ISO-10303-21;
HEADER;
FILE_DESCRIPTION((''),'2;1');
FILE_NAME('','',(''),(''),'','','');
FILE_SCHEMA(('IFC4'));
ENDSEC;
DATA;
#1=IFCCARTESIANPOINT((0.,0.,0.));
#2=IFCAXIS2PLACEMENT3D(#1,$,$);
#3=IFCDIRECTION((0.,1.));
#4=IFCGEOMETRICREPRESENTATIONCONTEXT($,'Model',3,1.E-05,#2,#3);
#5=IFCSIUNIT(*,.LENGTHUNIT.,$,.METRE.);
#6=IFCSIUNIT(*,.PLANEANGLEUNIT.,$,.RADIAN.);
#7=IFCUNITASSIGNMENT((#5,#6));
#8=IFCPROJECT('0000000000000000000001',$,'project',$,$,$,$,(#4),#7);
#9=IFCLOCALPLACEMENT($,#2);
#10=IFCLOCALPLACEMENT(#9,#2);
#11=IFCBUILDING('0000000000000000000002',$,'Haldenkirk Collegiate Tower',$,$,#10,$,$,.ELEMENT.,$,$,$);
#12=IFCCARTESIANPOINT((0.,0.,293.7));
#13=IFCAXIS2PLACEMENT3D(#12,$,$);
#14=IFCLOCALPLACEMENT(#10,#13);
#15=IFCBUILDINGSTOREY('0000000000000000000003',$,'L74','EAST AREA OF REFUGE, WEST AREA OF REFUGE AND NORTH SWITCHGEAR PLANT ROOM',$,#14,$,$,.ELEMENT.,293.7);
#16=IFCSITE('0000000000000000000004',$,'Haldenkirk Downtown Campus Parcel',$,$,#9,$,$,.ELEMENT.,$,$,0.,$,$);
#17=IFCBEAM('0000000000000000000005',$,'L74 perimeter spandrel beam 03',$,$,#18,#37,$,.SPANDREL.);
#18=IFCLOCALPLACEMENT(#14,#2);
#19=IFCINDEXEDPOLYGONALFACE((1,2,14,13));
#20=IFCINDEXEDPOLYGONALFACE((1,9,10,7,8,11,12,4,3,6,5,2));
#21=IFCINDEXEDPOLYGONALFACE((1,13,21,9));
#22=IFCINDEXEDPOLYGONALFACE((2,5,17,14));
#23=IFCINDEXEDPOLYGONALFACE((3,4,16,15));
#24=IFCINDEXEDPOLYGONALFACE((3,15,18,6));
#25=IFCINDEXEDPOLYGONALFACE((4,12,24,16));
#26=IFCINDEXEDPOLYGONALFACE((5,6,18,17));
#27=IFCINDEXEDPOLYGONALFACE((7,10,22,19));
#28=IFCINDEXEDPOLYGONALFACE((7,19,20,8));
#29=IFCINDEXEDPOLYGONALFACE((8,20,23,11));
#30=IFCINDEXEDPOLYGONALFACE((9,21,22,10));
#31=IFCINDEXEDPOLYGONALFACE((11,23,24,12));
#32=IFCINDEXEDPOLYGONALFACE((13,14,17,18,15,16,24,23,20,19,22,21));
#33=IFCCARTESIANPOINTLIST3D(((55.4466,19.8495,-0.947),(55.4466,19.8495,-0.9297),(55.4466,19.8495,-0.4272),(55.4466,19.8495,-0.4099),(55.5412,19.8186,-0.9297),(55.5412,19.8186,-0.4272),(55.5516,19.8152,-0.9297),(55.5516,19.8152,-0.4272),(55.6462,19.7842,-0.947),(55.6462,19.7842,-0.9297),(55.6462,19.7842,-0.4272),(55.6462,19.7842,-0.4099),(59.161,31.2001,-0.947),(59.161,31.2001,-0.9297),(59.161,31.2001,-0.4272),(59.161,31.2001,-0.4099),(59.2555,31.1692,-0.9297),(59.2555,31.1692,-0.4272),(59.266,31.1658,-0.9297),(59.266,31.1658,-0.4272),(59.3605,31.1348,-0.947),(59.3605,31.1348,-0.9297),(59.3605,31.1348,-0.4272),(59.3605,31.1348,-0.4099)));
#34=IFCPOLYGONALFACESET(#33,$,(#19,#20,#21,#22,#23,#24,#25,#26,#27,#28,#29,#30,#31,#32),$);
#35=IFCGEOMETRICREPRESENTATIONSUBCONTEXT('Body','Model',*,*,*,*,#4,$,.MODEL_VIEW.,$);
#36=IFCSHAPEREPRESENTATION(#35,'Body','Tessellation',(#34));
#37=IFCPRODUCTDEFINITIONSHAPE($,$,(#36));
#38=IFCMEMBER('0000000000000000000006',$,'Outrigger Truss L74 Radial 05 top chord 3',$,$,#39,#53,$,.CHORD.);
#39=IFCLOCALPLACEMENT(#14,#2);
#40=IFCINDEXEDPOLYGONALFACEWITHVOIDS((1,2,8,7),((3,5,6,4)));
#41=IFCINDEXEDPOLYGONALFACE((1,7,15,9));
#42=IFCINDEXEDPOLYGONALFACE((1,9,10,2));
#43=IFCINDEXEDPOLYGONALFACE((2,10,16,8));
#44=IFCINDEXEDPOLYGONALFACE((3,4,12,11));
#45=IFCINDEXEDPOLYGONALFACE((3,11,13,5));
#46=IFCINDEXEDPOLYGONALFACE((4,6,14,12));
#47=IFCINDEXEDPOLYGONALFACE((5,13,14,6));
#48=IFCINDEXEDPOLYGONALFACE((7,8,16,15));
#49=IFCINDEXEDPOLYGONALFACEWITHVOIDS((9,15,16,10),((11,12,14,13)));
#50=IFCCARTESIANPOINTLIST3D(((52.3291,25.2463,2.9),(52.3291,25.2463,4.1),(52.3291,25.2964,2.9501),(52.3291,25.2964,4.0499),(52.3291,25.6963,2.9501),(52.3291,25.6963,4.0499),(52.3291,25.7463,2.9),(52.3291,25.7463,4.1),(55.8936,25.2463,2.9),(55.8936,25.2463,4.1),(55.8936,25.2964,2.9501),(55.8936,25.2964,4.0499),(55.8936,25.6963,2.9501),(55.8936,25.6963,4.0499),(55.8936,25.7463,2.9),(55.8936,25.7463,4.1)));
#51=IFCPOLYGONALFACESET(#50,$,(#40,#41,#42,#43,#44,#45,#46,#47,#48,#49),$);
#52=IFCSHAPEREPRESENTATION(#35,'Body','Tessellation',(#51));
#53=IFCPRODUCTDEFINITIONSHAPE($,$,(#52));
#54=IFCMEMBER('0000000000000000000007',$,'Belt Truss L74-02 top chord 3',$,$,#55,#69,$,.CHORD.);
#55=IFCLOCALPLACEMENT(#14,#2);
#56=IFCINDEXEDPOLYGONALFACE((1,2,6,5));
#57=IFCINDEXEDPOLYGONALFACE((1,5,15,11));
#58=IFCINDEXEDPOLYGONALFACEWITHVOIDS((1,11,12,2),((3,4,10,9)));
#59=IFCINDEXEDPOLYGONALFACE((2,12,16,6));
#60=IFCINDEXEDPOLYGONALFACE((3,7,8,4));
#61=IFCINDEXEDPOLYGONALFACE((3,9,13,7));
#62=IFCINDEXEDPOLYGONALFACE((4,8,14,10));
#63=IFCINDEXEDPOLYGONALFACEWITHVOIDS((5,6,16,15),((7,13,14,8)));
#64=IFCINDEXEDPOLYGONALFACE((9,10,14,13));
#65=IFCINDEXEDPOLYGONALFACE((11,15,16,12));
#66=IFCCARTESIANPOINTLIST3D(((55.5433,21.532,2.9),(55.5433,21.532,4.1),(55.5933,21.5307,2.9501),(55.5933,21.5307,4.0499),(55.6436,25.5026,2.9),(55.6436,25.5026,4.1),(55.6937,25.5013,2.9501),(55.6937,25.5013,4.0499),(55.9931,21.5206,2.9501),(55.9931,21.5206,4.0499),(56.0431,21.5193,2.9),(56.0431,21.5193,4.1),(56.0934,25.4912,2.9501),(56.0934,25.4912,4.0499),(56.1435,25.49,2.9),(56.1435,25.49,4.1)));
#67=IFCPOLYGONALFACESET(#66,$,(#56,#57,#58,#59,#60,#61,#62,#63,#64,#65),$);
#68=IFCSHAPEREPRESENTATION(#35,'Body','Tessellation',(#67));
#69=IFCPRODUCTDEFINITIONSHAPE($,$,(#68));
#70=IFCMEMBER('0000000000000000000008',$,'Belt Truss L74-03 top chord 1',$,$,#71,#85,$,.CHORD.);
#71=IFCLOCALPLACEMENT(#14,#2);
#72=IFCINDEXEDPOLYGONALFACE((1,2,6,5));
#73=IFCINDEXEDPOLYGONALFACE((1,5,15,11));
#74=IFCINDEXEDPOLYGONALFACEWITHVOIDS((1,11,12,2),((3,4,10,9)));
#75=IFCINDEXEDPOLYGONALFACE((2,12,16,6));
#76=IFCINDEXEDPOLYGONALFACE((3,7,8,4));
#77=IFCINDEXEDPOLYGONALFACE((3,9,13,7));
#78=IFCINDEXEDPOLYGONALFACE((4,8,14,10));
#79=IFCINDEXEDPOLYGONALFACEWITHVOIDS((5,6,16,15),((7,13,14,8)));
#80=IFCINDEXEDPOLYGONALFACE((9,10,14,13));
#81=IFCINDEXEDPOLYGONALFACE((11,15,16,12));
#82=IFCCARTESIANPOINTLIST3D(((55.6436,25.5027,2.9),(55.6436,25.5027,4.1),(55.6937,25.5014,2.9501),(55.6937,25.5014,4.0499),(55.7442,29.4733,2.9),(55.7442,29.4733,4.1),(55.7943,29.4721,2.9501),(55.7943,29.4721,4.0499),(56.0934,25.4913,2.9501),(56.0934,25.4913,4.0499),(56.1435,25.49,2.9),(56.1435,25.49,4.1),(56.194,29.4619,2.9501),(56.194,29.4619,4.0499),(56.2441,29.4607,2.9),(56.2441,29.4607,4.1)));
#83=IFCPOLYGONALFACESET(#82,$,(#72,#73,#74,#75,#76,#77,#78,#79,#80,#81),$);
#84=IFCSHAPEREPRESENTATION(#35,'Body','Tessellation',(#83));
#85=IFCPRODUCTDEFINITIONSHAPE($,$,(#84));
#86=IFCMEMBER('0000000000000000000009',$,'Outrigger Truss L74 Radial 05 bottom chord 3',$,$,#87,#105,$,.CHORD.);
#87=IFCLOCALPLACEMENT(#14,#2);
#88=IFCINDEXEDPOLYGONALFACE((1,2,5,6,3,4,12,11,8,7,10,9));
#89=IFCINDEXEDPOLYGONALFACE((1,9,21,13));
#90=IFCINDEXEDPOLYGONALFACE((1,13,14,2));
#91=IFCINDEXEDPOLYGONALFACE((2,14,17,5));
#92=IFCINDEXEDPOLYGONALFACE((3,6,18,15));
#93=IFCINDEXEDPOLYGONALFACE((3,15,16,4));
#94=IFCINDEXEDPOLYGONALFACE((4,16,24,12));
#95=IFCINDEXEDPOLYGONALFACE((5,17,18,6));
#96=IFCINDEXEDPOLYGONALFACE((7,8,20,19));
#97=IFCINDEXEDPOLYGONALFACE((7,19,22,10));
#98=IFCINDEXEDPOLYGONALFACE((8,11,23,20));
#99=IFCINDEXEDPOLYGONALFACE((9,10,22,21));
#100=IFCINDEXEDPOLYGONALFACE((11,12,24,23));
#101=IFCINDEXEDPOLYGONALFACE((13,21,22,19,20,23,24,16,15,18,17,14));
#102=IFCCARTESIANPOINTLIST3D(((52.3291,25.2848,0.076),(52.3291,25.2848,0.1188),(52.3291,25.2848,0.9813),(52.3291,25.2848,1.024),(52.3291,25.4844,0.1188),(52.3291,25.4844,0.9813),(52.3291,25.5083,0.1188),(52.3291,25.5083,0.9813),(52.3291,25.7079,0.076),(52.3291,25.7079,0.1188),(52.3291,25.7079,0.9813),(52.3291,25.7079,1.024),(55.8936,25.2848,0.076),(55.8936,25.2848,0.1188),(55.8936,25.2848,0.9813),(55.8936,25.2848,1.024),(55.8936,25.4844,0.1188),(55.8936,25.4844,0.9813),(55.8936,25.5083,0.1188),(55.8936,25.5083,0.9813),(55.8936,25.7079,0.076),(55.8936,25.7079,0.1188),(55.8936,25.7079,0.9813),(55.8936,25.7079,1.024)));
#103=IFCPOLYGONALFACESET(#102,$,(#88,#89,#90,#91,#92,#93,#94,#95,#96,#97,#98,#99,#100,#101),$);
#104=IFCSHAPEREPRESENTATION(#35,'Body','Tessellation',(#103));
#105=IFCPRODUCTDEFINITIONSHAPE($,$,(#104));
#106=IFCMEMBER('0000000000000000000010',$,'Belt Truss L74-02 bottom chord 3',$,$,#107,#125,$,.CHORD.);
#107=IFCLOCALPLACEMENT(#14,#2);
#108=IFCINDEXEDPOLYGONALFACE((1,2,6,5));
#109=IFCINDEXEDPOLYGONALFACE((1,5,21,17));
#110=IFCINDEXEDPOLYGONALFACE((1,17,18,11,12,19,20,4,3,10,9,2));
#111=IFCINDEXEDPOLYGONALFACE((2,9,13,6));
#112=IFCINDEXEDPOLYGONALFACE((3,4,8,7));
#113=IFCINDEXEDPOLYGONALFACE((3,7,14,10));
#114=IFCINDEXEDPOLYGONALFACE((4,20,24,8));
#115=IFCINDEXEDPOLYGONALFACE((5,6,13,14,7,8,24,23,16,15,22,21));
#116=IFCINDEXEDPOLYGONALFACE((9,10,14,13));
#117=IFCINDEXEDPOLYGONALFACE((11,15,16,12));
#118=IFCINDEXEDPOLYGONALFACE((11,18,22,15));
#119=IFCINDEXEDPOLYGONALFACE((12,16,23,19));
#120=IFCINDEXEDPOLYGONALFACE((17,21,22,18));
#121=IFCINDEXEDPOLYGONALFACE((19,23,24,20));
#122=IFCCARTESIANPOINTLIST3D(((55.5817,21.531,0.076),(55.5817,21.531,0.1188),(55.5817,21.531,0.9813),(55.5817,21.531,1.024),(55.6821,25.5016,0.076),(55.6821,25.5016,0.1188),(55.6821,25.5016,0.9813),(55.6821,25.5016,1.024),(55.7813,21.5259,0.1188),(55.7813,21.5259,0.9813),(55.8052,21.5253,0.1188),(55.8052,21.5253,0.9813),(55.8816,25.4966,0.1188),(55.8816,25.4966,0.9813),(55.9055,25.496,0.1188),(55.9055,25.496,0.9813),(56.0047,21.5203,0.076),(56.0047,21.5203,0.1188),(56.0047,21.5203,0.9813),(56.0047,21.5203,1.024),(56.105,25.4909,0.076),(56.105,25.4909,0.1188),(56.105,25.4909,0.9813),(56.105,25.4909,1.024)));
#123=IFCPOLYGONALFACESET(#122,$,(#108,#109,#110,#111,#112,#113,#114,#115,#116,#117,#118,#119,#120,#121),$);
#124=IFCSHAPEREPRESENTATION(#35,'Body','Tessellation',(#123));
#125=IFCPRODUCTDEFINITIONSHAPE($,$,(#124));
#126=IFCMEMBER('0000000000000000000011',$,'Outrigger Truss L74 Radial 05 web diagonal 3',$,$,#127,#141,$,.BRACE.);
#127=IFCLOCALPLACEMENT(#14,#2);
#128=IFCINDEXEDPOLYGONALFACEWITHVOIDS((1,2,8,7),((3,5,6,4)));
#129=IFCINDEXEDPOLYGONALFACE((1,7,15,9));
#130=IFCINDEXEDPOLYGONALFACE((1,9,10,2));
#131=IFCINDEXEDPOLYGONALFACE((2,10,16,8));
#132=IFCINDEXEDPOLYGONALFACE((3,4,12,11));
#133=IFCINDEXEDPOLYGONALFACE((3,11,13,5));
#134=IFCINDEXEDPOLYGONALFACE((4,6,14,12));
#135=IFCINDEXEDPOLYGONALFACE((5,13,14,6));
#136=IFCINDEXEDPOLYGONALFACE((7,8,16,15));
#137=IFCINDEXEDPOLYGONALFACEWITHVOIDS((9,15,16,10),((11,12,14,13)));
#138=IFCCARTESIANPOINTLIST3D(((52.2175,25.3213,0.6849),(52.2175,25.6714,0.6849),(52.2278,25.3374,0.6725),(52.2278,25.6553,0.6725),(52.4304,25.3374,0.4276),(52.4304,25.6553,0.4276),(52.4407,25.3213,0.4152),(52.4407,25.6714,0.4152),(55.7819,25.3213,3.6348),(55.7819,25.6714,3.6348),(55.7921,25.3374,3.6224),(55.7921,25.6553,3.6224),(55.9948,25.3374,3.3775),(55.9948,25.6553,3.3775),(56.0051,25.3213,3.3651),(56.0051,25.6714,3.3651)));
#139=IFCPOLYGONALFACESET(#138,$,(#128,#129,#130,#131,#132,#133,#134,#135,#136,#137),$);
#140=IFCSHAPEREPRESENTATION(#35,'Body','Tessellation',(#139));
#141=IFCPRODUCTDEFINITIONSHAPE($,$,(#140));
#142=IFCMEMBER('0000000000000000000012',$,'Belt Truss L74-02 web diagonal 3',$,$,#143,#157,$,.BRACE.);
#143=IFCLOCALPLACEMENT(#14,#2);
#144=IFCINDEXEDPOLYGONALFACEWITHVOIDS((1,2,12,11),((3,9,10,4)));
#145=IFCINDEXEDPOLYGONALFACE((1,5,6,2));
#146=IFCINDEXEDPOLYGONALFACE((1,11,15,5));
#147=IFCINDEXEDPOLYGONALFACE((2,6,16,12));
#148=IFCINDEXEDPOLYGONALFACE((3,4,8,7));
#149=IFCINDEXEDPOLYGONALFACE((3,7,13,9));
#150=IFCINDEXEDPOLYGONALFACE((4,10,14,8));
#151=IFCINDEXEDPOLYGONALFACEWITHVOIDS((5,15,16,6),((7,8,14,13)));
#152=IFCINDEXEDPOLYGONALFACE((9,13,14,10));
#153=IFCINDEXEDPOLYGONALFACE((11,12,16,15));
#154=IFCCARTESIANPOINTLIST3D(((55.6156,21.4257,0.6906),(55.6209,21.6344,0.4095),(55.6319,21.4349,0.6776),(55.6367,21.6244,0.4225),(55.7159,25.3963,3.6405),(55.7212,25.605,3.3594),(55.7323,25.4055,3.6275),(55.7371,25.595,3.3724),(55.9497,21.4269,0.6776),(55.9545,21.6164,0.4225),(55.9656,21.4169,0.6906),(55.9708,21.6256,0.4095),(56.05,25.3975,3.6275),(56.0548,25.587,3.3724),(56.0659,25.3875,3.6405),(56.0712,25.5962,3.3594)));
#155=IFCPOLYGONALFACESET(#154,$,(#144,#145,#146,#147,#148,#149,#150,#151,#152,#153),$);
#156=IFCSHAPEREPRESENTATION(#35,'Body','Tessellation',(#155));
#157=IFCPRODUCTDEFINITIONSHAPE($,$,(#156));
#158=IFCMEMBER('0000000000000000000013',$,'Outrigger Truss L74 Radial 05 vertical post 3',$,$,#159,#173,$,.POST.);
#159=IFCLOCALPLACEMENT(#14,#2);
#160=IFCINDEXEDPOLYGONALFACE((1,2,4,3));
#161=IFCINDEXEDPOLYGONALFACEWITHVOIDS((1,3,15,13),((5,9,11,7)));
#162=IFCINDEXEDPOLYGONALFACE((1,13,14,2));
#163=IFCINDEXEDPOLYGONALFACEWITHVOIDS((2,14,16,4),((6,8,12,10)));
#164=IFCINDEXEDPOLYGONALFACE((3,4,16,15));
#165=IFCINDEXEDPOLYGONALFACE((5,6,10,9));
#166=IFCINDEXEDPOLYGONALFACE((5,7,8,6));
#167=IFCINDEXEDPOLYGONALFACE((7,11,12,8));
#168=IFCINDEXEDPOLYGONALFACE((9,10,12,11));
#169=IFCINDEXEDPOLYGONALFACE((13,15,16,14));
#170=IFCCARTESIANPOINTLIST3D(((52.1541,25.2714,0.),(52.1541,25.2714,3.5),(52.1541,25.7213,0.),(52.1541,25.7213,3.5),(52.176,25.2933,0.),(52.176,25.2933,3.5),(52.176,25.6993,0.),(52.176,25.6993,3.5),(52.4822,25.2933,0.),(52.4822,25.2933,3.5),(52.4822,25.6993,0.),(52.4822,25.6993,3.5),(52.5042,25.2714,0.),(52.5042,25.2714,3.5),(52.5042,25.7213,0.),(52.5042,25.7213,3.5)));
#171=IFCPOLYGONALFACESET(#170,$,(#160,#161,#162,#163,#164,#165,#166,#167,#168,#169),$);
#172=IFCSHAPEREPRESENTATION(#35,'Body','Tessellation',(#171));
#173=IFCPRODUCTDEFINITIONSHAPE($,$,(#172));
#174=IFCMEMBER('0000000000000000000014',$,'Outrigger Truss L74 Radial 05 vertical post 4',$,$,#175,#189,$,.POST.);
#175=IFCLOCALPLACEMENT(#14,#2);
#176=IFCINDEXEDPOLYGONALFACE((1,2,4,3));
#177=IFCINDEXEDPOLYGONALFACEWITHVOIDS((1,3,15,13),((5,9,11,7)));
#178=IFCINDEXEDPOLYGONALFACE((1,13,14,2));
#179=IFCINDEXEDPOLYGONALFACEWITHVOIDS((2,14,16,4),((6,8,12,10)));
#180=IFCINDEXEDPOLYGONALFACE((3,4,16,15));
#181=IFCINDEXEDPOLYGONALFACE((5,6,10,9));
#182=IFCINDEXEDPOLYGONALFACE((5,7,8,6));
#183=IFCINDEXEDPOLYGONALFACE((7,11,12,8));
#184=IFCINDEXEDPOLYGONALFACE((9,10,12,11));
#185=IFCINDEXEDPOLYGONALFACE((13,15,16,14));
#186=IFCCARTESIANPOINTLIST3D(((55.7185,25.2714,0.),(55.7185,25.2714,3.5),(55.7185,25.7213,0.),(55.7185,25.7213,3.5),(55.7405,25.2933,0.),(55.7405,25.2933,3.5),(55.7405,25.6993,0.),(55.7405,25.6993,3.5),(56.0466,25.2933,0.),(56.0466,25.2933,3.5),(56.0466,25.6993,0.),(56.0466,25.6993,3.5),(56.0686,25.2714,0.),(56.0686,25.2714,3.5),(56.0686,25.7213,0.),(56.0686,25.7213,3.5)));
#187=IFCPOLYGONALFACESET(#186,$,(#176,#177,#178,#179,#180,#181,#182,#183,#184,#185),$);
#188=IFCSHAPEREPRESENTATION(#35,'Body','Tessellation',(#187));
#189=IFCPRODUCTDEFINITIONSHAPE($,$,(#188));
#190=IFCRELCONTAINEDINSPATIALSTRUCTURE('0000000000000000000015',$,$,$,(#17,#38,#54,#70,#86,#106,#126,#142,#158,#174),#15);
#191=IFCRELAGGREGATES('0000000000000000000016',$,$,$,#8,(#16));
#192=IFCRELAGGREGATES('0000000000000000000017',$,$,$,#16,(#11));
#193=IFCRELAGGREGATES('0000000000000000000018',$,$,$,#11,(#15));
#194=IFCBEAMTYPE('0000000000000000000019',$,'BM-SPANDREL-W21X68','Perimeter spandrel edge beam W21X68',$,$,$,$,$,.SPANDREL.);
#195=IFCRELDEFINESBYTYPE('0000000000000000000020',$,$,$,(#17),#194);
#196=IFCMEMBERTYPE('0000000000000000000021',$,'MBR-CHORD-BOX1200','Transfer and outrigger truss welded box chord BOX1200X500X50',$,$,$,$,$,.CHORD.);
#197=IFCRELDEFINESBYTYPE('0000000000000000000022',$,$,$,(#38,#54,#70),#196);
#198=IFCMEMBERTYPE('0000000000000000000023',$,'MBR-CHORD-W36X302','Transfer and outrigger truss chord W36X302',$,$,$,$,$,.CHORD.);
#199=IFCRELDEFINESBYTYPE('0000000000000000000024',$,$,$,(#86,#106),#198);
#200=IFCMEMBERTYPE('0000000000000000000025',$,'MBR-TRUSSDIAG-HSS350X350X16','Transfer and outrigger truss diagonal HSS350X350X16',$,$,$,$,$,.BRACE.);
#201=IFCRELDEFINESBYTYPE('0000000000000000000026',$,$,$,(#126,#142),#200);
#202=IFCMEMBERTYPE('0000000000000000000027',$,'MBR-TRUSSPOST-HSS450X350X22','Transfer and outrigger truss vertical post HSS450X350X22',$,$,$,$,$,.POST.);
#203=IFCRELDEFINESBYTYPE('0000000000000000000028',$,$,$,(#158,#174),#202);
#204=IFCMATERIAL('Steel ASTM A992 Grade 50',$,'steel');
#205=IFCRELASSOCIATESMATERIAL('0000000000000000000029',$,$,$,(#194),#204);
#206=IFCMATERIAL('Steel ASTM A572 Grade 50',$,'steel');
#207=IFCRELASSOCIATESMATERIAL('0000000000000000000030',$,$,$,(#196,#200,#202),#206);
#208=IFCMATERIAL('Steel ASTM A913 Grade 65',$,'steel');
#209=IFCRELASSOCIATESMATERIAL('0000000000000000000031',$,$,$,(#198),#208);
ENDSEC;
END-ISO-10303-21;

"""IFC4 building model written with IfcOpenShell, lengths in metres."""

from ifc_helpers import new_model, si_unit, direction, frame, origin, origin_2d, place, context, subcontext, project, spatial, hollow_rectangle, i_section, extrude, material, material_profile, profile_set, type_object, element, save


model = new_model("IFC4")

# Units and contexts
model_context = context("Model", 3, precision=1e-05, world=origin(), true_north=direction((0.0, 1.0)))
body_context = subcontext(model_context, "Body", "Model", "MODEL_VIEW")
ifc_project = project(units=[si_unit("LENGTHUNIT", "METRE"), si_unit("PLANEANGLEUNIT", "RADIAN")], contexts=[model_context])

# Site, building, storey
site_placement = place(None, origin())
site = spatial("IfcSite", under=ifc_project, at=site_placement, Name="Haldenkirk Downtown Campus Parcel", CompositionType="ELEMENT", RefElevation=0.0)
building_placement = place(site_placement, origin())
building = spatial("IfcBuilding", under=site, at=building_placement, Name="Haldenkirk Collegiate Tower", CompositionType="ELEMENT")
storey_placement = place(building_placement, frame((0.0, 0.0, 293.7)))
storey = spatial("IfcBuildingStorey", under=building, at=storey_placement, Name="L74", Description="EAST AREA OF REFUGE, WEST AREA OF REFUGE AND NORTH SWITCHGEAR PLANT ROOM", CompositionType="ELEMENT", Elevation=293.7)

# Beam
ifc_material_1 = material(Name="Steel ASTM A992 Grade 50", Category="steel")
ifc_material_profile_1 = material_profile(ifc_material_1, i_section(OverallWidth=0.21, OverallDepth=0.5371, WebThickness=0.011, FlangeThickness=0.0173, at=origin_2d()), Name="W21X68")
ifc_profile_set_1 = profile_set([ifc_material_profile_1], Name="Steel ASTM A992 Grade 50")
beam_type = type_object("IfcBeamType", Name="BM-SPANDREL-W21X68", Description="Perimeter spandrel edge beam W21X68", PredefinedType="SPANDREL", material=ifc_profile_set_1)
beam_placement = place(storey_placement, frame((55.5464, 19.8169, -0.6785), z_axis=(0.31101, 0.950407, 0.0), x_axis=(-0.950407, 0.31101, 0.0)))
element("IfcBeam", 1, at=beam_placement, inside=storey, type_object=beam_type, Name="L74 perimeter spandrel beam 03", PredefinedType="SPANDREL", context=body_context, shape_type="SweptSolid", body=[
    extrude(i_section(OverallWidth=0.21, OverallDepth=0.5371, WebThickness=0.011, FlangeThickness=0.0173, at=origin_2d()), origin(), (0.0, 0.0, 1.0), 11.9429),
])

# Members
ifc_material_2 = material(Name="Steel ASTM A572 Grade 50", Category="steel")
ifc_material_profile_2 = material_profile(ifc_material_2, hollow_rectangle(XDim=0.5, YDim=1.2, WallThickness=0.05, at=origin_2d()), Name="BOX1200X500X50")
ifc_profile_set_2 = profile_set([ifc_material_profile_2], Name="Steel ASTM A572 Grade 50")
member_type_1 = type_object("IfcMemberType", Name="MBR-CHORD-BOX1200", Description="Transfer and outrigger truss welded box chord BOX1200X500X50", PredefinedType="CHORD", material=ifc_profile_set_2)
member_1_placement = place(storey_placement, frame((52.3291, 25.4963, 3.5), z_axis=(1.0, 0.0, 0.0), x_axis=(0.0, 1.0, 0.0)))
element("IfcMember", 2, at=member_1_placement, inside=storey, type_object=member_type_1, Name="Outrigger Truss L74 Radial 05 top chord 3", PredefinedType="CHORD", context=body_context, shape_type="SweptSolid", body=[
    extrude(hollow_rectangle(XDim=0.5, YDim=1.2, WallThickness=0.05, at=origin_2d()), origin(), (0.0, 0.0, 1.0), 3.5645),
])
for number, where, z_axis, x_axis, name in (
    (3, (55.7932, 21.5256, 3.5), (0.025262, 0.999681, 0.0), (-0.999681, 0.025262, 0.0), "Belt Truss L74-02 top chord 3"),
    (4, (55.8936, 25.4963, 3.5), (0.025324, 0.999679, 0.0), (-0.999679, 0.025324, 0.0), "Belt Truss L74-03 top chord 1"),
):
    element("IfcMember", number, at=place(storey_placement, frame(where, z_axis=z_axis, x_axis=x_axis)), inside=storey, type_object=member_type_1, Name=name, PredefinedType="CHORD", context=body_context, shape_type="SweptSolid", body=[
        extrude(hollow_rectangle(XDim=0.5, YDim=1.2, WallThickness=0.05, at=origin_2d()), origin(), (0.0, 0.0, 1.0), 3.9719),
    ])
ifc_material_3 = material(Name="Steel ASTM A913 Grade 65", Category="steel")
ifc_material_profile_3 = material_profile(ifc_material_3, i_section(OverallWidth=0.4231, OverallDepth=0.948, WebThickness=0.0239, FlangeThickness=0.0427, at=origin_2d()), Name="W36X302")
ifc_profile_set_3 = profile_set([ifc_material_profile_3], Name="Steel ASTM A913 Grade 65")
member_type_2 = type_object("IfcMemberType", Name="MBR-CHORD-W36X302", Description="Transfer and outrigger truss chord W36X302", PredefinedType="CHORD", material=ifc_profile_set_3)
member_2_placement = place(storey_placement, frame((52.3291, 25.4963, 0.55), z_axis=(1.0, 0.0, 0.0), x_axis=(0.0, 1.0, 0.0)))
element("IfcMember", 5, at=member_2_placement, inside=storey, type_object=member_type_2, Name="Outrigger Truss L74 Radial 05 bottom chord 3", PredefinedType="CHORD", context=body_context, shape_type="SweptSolid", body=[
    extrude(i_section(OverallWidth=0.4231, OverallDepth=0.948, WebThickness=0.0239, FlangeThickness=0.0427, at=origin_2d()), origin(), (0.0, 0.0, 1.0), 3.5645),
])
member_3_placement = place(storey_placement, frame((55.7932, 21.5256, 0.55), z_axis=(0.025262, 0.999681, 0.0), x_axis=(-0.999681, 0.025262, 0.0)))
element("IfcMember", 6, at=member_3_placement, inside=storey, type_object=member_type_2, Name="Belt Truss L74-02 bottom chord 3", PredefinedType="CHORD", context=body_context, shape_type="SweptSolid", body=[
    extrude(i_section(OverallWidth=0.4231, OverallDepth=0.948, WebThickness=0.0239, FlangeThickness=0.0427, at=origin_2d()), origin(), (0.0, 0.0, 1.0), 3.9719),
])
ifc_material_profile_4 = material_profile(ifc_material_2, hollow_rectangle(XDim=0.3501, YDim=0.3501, WallThickness=0.0161, at=origin_2d()), Name="HSS350X350X16")
ifc_profile_set_4 = profile_set([ifc_material_profile_4], Name="Steel ASTM A572 Grade 50")
member_type_3 = type_object("IfcMemberType", Name="MBR-TRUSSDIAG-HSS350X350X16", Description="Transfer and outrigger truss diagonal HSS350X350X16", PredefinedType="BRACE", material=ifc_profile_set_4)
member_4_placement = place(storey_placement, frame((52.3291, 25.4963, 0.55), z_axis=(0.770388, 0.0, 0.637575), x_axis=(0.0, 1.0, 0.0)))
element("IfcMember", 7, at=member_4_placement, inside=storey, type_object=member_type_3, Name="Outrigger Truss L74 Radial 05 web diagonal 3", PredefinedType="BRACE", context=body_context, shape_type="SweptSolid", body=[
    extrude(hollow_rectangle(XDim=0.3501, YDim=0.3501, WallThickness=0.0161, at=origin_2d()), origin(), (0.0, 0.0, 1.0), 4.6267),
])
member_5_placement = place(storey_placement, frame((55.7932, 21.5256, 0.55), z_axis=(0.020281, 0.802551, 0.596239), x_axis=(-0.999681, 0.025262, 0.0)))
element("IfcMember", 8, at=member_5_placement, inside=storey, type_object=member_type_3, Name="Belt Truss L74-02 web diagonal 3", PredefinedType="BRACE", context=body_context, shape_type="SweptSolid", body=[
    extrude(hollow_rectangle(XDim=0.3501, YDim=0.3501, WallThickness=0.0161, at=origin_2d()), origin(), (0.0, 0.0, 1.0), 4.9475),
])
ifc_material_profile_5 = material_profile(ifc_material_2, hollow_rectangle(XDim=0.3501, YDim=0.45, WallThickness=0.022, at=origin_2d()), Name="HSS450X350X22")
ifc_profile_set_5 = profile_set([ifc_material_profile_5], Name="Steel ASTM A572 Grade 50")
member_type_4 = type_object("IfcMemberType", Name="MBR-TRUSSPOST-HSS450X350X22", Description="Transfer and outrigger truss vertical post HSS450X350X22", PredefinedType="POST", material=ifc_profile_set_5)
for number, where, z_axis, x_axis, name in (
    (9, (52.3291, 25.4963, 0.0), (0.0, 0.0, 1.0), (1.0, 0.0, 0.0), "Outrigger Truss L74 Radial 05 vertical post 3"),
    (10, (55.8936, 25.4963, 0.0), (0.0, 0.0, 1.0), (1.0, 0.0, 0.0), "Outrigger Truss L74 Radial 05 vertical post 4"),
):
    element("IfcMember", number, at=place(storey_placement, frame(where, z_axis=z_axis, x_axis=x_axis)), inside=storey, type_object=member_type_4, Name=name, PredefinedType="POST", context=body_context, shape_type="SweptSolid", body=[
        extrude(hollow_rectangle(XDim=0.3501, YDim=0.45, WallThickness=0.022, at=origin_2d()), origin(), (0.0, 0.0, 1.0), 3.5),
    ])

save(model, "model.ifc")
